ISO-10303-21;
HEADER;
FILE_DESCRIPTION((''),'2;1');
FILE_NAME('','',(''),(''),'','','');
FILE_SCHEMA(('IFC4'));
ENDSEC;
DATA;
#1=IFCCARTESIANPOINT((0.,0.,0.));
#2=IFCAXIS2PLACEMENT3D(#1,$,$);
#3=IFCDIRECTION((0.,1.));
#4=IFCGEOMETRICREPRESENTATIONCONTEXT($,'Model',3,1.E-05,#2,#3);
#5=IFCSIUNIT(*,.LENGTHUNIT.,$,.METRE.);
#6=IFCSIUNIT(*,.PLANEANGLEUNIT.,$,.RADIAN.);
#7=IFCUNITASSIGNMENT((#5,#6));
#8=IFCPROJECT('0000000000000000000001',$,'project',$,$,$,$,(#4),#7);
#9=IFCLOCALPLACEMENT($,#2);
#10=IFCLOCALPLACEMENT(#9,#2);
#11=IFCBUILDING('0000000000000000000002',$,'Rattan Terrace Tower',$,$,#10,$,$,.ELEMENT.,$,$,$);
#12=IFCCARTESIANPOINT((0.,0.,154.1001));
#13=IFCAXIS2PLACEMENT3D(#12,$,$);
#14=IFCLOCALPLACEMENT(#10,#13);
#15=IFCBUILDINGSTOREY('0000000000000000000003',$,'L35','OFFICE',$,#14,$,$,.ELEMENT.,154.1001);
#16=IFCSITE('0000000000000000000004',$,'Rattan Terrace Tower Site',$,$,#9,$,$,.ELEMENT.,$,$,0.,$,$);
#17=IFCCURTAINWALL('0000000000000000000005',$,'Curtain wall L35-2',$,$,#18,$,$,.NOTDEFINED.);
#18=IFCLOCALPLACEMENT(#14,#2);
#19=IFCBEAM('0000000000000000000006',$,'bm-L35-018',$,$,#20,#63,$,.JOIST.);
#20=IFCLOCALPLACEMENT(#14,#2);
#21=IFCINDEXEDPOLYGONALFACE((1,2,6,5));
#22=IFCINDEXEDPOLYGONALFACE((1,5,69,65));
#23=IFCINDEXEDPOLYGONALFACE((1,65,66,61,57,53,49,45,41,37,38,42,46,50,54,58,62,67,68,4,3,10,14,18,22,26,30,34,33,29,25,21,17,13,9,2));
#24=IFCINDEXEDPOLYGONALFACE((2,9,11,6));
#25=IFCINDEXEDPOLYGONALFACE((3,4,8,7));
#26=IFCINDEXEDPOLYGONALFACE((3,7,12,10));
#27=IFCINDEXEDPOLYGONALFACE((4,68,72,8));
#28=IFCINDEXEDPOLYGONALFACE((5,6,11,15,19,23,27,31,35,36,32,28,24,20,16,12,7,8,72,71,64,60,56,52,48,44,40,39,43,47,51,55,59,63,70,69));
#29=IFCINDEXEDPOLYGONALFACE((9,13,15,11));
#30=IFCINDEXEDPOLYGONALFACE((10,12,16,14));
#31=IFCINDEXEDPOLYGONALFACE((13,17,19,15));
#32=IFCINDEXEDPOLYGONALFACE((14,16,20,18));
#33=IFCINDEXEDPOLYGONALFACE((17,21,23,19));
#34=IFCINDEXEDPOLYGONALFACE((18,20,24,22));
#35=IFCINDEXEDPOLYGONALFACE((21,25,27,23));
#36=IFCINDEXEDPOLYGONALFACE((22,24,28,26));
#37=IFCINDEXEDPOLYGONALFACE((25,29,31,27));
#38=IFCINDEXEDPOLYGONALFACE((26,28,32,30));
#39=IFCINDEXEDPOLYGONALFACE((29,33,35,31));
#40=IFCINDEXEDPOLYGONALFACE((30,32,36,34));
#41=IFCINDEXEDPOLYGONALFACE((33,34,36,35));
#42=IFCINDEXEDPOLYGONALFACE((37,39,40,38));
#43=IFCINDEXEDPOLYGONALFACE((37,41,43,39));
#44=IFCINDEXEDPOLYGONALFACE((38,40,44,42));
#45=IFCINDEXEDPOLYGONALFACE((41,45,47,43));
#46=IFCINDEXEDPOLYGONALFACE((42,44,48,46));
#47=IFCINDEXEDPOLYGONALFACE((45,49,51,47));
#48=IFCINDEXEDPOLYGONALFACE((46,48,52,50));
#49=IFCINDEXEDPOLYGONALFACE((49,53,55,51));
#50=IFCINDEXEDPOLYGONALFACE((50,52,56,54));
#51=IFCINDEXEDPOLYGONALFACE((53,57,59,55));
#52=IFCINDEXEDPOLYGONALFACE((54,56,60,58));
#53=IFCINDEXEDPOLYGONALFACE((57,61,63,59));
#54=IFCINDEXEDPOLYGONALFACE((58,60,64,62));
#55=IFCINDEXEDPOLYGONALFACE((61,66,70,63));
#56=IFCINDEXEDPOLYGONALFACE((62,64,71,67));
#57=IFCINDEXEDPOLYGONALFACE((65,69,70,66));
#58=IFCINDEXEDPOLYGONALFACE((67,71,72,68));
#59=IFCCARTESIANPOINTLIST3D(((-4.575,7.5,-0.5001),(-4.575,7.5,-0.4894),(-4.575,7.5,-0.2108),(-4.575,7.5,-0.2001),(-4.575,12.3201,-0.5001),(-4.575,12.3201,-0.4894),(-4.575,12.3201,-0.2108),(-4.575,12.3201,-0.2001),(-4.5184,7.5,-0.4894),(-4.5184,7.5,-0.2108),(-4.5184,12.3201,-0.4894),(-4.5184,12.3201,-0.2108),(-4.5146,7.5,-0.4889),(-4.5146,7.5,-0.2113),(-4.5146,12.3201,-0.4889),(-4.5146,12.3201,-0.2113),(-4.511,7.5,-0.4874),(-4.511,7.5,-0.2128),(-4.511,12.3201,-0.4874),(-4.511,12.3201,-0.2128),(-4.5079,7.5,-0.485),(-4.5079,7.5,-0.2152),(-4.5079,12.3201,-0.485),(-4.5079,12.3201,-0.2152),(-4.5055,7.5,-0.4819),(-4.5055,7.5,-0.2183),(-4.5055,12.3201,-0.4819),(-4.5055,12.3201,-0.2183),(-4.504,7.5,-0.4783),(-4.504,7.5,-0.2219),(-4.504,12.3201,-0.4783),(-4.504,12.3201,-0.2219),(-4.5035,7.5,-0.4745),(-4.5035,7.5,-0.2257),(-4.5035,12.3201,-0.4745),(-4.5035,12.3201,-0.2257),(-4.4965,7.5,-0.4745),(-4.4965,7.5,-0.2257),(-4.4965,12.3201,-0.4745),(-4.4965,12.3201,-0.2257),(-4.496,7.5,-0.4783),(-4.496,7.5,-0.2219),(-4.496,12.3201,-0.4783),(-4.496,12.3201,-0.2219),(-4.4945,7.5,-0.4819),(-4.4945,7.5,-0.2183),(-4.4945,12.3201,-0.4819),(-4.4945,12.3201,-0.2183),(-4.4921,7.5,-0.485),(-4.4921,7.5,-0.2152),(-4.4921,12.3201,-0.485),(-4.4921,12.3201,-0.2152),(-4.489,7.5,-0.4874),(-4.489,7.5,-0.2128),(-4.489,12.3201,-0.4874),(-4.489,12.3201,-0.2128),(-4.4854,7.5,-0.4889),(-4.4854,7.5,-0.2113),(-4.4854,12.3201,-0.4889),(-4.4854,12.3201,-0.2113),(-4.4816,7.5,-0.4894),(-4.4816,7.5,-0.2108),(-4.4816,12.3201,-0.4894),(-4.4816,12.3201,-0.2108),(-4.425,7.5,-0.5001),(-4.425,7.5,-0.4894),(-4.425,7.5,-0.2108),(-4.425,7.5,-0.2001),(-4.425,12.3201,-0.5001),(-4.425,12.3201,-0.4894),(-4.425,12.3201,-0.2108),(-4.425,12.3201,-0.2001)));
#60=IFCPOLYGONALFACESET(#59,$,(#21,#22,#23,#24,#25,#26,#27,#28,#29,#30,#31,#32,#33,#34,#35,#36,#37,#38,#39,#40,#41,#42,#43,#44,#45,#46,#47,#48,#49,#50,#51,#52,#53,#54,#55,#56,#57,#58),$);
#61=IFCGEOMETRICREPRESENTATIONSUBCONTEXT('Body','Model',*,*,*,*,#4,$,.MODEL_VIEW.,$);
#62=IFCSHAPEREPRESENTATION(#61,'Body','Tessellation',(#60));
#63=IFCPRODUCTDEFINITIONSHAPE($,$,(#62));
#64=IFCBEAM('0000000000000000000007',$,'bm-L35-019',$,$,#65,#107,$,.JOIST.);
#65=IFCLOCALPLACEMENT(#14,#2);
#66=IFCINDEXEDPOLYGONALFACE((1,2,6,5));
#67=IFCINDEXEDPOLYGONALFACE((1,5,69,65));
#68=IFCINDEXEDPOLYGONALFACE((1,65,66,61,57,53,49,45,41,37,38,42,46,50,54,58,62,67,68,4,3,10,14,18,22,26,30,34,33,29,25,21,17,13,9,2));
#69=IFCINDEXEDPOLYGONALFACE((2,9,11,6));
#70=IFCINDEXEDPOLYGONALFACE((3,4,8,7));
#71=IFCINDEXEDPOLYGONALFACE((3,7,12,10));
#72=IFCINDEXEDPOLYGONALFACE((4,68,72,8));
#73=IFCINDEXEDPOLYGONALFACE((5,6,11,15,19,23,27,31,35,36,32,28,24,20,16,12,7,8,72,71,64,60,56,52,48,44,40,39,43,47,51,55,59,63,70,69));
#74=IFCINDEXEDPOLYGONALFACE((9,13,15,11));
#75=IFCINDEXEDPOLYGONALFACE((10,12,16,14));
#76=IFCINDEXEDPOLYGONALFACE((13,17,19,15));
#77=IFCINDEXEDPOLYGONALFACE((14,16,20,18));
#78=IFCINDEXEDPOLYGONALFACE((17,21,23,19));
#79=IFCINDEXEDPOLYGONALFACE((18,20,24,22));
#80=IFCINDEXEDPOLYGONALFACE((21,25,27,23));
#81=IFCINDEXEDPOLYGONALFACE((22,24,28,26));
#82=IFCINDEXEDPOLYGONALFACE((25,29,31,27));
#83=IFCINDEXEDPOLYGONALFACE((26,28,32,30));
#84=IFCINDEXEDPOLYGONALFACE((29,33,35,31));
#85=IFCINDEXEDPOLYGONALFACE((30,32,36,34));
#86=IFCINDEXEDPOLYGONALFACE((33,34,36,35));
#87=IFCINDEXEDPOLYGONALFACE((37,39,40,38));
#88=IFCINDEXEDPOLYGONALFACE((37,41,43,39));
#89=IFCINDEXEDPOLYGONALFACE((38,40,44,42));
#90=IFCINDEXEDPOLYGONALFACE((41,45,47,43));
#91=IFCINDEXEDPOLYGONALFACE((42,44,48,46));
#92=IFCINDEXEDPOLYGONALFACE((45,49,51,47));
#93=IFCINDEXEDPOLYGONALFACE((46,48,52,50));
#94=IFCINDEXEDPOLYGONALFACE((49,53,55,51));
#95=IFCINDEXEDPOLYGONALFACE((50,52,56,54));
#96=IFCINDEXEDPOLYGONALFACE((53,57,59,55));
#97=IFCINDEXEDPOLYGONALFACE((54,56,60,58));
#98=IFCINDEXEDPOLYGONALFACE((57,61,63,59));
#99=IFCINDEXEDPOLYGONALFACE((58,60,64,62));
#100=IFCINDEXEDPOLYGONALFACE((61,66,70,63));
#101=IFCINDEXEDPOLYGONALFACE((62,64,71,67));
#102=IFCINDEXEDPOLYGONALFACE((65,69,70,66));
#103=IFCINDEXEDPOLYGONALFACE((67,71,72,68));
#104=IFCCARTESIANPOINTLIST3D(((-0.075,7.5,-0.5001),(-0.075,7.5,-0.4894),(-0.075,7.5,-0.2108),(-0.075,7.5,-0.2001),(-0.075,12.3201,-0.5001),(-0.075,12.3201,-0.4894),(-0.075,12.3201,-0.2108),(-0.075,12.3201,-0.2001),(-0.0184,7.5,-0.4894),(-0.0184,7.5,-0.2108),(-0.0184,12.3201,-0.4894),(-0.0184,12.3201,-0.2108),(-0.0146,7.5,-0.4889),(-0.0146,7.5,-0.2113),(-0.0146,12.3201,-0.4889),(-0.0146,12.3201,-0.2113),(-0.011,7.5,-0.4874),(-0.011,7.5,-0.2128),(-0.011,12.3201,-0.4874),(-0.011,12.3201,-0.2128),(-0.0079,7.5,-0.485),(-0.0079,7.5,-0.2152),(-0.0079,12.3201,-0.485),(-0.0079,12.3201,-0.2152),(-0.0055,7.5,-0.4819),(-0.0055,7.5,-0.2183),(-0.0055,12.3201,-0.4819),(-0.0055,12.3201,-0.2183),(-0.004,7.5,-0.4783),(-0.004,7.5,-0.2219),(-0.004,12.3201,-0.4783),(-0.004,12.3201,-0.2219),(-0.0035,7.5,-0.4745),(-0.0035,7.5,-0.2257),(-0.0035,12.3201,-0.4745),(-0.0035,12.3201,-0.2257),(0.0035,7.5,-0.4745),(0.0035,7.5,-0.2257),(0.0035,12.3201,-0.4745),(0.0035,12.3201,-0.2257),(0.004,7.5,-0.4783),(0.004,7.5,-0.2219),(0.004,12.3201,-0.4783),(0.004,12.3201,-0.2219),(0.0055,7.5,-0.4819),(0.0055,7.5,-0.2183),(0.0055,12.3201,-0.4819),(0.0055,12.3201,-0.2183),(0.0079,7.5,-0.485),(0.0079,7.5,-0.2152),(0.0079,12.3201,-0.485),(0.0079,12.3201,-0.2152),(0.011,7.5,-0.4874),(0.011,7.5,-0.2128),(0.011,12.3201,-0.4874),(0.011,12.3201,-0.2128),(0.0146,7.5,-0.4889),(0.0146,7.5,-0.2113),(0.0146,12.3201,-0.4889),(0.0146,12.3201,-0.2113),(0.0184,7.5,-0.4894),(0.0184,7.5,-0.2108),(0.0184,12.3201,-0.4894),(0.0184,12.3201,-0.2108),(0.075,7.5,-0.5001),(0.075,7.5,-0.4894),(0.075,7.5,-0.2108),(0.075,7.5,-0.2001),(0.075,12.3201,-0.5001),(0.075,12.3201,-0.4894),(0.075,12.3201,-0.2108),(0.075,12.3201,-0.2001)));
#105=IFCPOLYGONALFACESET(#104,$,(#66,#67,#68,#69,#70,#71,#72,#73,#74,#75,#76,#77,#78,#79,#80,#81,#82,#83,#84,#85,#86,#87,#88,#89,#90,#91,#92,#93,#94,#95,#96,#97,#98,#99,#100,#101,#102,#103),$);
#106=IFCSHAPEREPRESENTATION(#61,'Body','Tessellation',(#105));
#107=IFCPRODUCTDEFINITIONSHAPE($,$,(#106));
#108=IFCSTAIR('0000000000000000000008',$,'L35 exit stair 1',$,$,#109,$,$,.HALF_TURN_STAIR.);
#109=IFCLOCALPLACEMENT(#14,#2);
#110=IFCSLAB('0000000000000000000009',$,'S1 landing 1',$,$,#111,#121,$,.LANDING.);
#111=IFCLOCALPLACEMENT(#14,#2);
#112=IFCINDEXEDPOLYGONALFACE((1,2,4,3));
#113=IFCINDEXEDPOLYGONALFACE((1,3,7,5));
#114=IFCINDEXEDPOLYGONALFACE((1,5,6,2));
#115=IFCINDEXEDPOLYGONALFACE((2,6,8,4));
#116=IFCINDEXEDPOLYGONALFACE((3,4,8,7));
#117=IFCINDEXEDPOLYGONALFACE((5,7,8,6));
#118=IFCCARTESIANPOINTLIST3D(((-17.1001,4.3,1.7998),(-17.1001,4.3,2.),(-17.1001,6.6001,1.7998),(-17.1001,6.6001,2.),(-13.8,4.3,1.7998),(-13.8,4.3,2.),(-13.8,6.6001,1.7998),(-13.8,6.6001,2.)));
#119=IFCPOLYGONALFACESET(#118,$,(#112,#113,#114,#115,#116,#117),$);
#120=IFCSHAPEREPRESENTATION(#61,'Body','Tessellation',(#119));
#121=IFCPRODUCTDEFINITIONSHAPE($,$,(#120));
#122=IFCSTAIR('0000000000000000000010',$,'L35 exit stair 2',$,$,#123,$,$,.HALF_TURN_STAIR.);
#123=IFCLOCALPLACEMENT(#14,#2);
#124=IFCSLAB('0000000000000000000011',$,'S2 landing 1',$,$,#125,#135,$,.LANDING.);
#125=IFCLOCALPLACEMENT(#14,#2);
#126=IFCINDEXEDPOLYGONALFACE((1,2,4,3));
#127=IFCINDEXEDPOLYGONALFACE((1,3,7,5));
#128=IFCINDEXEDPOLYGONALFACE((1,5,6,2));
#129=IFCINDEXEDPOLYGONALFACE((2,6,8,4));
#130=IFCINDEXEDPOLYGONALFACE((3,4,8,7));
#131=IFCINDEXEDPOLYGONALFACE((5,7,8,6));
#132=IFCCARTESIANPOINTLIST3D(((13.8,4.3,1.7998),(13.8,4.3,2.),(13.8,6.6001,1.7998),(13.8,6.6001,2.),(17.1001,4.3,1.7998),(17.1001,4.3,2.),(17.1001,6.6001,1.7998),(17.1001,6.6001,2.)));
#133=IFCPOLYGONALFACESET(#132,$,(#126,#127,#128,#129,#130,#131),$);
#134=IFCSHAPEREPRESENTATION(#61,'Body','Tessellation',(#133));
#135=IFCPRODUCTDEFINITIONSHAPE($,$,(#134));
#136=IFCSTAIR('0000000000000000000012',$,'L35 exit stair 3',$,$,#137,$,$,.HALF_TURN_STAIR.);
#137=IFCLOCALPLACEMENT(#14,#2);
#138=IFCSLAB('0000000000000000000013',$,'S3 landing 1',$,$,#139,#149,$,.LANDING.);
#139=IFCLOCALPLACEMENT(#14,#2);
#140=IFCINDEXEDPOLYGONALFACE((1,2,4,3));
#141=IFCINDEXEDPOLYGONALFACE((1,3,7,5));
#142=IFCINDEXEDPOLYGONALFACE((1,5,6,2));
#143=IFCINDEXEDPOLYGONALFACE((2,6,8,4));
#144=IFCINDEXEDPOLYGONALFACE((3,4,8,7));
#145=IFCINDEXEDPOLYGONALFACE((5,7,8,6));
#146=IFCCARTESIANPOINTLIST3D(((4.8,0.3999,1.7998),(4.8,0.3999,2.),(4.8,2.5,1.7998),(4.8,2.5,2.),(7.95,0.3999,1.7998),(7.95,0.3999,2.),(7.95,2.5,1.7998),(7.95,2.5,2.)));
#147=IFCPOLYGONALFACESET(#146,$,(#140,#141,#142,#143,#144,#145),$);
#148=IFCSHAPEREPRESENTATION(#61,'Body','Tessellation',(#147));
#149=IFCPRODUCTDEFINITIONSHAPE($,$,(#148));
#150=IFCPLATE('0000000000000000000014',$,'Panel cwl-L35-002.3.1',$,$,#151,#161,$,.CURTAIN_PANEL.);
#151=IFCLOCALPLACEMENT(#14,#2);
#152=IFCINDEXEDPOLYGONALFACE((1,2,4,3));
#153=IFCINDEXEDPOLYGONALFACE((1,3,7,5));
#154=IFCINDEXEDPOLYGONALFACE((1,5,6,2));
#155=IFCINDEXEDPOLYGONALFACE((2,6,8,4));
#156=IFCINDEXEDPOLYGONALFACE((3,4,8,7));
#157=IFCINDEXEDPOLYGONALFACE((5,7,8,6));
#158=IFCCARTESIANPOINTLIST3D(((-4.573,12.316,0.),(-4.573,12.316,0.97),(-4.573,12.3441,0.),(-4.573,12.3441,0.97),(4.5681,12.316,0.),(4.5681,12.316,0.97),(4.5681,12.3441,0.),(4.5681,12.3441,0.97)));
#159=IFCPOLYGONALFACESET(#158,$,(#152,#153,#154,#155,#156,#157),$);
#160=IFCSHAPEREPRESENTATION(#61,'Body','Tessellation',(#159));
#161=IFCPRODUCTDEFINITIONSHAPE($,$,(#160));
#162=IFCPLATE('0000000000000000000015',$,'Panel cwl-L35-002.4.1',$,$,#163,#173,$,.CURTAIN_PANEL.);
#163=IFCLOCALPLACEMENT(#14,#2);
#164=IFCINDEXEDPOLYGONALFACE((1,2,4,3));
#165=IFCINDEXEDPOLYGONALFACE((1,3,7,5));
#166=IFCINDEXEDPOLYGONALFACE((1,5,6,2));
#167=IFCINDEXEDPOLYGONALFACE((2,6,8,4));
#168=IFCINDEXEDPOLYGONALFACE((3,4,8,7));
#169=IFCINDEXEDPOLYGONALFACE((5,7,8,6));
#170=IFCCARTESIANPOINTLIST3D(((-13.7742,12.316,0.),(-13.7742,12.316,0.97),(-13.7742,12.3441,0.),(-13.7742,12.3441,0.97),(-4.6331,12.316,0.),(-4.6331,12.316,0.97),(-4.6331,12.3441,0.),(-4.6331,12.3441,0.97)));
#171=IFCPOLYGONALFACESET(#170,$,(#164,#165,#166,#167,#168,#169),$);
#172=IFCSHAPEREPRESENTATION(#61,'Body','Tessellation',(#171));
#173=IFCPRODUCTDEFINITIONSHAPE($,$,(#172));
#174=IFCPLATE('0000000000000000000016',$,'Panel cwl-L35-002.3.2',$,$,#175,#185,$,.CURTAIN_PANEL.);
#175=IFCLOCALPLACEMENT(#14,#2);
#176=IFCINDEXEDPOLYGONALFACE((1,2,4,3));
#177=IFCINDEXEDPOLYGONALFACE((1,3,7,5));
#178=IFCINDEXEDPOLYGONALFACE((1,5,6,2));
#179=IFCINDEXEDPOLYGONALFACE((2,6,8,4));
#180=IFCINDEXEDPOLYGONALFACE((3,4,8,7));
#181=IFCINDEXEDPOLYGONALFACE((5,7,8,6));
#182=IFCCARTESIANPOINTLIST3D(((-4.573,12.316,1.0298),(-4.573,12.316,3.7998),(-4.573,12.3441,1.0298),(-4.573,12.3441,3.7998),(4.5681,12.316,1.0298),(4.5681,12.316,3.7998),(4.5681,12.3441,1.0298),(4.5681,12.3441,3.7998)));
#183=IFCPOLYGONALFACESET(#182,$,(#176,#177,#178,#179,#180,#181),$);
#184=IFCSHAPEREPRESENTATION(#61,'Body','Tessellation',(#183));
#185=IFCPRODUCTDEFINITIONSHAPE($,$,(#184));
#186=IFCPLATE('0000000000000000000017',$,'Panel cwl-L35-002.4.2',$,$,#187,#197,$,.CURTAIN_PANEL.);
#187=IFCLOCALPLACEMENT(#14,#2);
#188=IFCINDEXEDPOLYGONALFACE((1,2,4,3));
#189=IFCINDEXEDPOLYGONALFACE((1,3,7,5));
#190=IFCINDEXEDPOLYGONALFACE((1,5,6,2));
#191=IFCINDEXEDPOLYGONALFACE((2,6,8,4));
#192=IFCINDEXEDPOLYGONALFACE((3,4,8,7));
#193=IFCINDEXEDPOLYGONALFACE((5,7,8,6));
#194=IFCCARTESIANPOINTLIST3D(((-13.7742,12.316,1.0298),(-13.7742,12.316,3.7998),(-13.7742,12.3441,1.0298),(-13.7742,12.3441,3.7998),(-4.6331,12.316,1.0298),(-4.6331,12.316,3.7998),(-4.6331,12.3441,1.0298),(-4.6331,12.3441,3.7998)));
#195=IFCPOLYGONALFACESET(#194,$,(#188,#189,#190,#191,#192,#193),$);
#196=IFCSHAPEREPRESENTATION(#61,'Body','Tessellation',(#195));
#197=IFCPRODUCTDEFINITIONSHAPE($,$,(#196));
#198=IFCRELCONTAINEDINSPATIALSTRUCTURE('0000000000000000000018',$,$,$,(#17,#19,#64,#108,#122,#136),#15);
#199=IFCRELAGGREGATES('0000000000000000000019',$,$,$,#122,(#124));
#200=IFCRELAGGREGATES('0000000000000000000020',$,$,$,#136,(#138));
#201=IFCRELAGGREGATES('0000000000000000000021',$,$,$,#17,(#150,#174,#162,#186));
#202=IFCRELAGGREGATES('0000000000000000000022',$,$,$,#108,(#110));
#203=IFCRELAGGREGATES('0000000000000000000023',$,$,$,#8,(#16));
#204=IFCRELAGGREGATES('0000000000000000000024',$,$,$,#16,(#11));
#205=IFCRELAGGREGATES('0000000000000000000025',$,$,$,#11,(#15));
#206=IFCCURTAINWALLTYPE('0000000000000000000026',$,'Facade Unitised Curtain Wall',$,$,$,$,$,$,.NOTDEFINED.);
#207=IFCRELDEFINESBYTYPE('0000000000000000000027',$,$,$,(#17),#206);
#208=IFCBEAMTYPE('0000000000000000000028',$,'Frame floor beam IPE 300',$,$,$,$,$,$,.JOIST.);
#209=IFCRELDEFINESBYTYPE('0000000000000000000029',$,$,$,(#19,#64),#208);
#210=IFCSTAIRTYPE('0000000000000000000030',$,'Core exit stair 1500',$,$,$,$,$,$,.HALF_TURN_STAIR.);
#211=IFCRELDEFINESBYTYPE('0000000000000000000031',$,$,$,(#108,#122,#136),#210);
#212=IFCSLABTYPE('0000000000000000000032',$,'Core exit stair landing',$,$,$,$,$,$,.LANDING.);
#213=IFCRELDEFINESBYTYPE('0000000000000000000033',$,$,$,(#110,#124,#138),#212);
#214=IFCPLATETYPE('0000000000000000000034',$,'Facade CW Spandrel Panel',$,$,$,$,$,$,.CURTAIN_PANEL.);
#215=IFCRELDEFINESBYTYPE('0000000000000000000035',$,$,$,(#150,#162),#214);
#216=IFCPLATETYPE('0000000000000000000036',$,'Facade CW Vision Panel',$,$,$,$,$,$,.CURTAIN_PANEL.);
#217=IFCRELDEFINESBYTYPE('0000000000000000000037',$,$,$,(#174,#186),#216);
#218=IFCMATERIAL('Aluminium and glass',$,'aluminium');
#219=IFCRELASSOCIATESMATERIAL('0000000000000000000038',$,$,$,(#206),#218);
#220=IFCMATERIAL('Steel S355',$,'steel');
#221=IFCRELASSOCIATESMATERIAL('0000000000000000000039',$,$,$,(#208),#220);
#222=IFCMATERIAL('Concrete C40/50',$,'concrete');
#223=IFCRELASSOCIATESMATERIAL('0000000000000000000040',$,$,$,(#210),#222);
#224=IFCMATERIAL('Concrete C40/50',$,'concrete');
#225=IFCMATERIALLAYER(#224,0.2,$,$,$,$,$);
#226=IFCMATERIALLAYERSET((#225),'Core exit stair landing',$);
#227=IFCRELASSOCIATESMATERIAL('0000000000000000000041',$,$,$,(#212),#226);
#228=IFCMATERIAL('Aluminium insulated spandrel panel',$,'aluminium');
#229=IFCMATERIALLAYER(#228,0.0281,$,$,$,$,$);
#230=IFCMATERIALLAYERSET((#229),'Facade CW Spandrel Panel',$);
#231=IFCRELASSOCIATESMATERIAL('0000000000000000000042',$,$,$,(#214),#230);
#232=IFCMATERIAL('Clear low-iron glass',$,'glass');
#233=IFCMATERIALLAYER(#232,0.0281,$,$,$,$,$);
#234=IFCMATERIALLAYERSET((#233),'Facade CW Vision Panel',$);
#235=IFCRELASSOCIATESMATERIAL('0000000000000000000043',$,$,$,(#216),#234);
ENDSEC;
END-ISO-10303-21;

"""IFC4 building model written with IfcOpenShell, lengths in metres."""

from ifc_helpers import new_model, si_unit, direction, frame, origin, origin_2d, place, context, subcontext, project, spatial, polyline, rectangle, i_section, outline, extrude, material, layer, layer_set, material_profile, profile_set, type_object, element, aggregate, save


model = new_model("IFC4")

# Units and contexts
model_context = context("Model", 3, precision=1e-05, world=origin(), true_north=direction((0.0, 1.0)))
body_context = subcontext(model_context, "Body", "Model", "MODEL_VIEW")
ifc_project = project(units=[si_unit("LENGTHUNIT", "METRE"), si_unit("PLANEANGLEUNIT", "RADIAN")], contexts=[model_context])

# Site, building, storey
site_placement = place(None, origin())
site = spatial("IfcSite", under=ifc_project, at=site_placement, Name="Rattan Terrace Tower Site", CompositionType="ELEMENT", RefElevation=0.0)
building_placement = place(site_placement, origin())
building = spatial("IfcBuilding", under=site, at=building_placement, Name="Rattan Terrace Tower", CompositionType="ELEMENT")
storey_placement = place(building_placement, frame((0.0, 0.0, 154.1001)))
storey = spatial("IfcBuildingStorey", under=building, at=storey_placement, Name="L35", Description="OFFICE", CompositionType="ELEMENT", Elevation=154.1001)

# Curtain wall
ifc_material_1 = material(Name="Aluminium and glass", Category="aluminium")
curtain_wall_type = type_object("IfcCurtainWallType", Name="Facade Unitised Curtain Wall", PredefinedType="NOTDEFINED", material=ifc_material_1)
curtain_wall_placement = place(storey_placement, origin())
curtain_wall = element("IfcCurtainWall", 1, at=curtain_wall_placement, inside=storey, type_object=curtain_wall_type, Name="Curtain wall L35-2", PredefinedType="NOTDEFINED")

# Beams
ifc_material_2 = material(Name="Steel S355", Category="steel")
ifc_material_profile_1 = material_profile(ifc_material_2, i_section(OverallWidth=0.1499, OverallDepth=0.3, WebThickness=0.0071, FlangeThickness=0.0107, FilletRadius=0.0149, at=origin_2d()), Name="IPE 300")
ifc_profile_set_1 = profile_set([ifc_material_profile_1], Name="Steel S355")
beam_type = type_object("IfcBeamType", Name="Frame floor beam IPE 300", PredefinedType="JOIST", material=ifc_profile_set_1)
for number, where, z_axis, x_axis, name in (
    (2, (-4.5, 7.5, -0.3501), (0.0, 1.0, 0.0), (-1.0, 0.0, 0.0), "bm-L35-018"),
    (3, (0.0, 7.5, -0.3501), (0.0, 1.0, 0.0), (-1.0, 0.0, 0.0), "bm-L35-019"),
):
    element("IfcBeam", number, at=place(storey_placement, frame(where, z_axis=z_axis, x_axis=x_axis)), inside=storey, type_object=beam_type, Name=name, PredefinedType="JOIST", context=body_context, shape_type="SweptSolid", body=[
        extrude(i_section(OverallWidth=0.1499, OverallDepth=0.3, WebThickness=0.0071, FlangeThickness=0.0107, FilletRadius=0.0149, at=origin_2d()), origin(), (0.0, 0.0, 1.0), 4.8201),
    ])

# Stairs, slabs
ifc_material_3 = material(Name="Concrete C40/50", Category="concrete")
stair_type = type_object("IfcStairType", Name="Core exit stair 1500", PredefinedType="HALF_TURN_STAIR", material=ifc_material_3)
stair_1_placement = place(storey_placement, origin())
stair_1 = element("IfcStair", 4, at=stair_1_placement, inside=storey, type_object=stair_type, Name="L35 exit stair 1", PredefinedType="HALF_TURN_STAIR")
ifc_material_4 = material(Name="Concrete C40/50", Category="concrete")
ifc_layer_1 = layer(ifc_material_4, 0.2)
ifc_layer_set_1 = layer_set([ifc_layer_1], Name="Core exit stair landing")
slab_type_1 = type_object("IfcSlabType", Name="Core exit stair landing", PredefinedType="LANDING", material=ifc_layer_set_1)
slab_1_placement = place(storey_placement, frame((0.0, 0.0, 1.7998)))
slab_1 = element("IfcSlab", 5, at=slab_1_placement, type_object=slab_type_1, Name="S1 landing 1", PredefinedType="LANDING", context=body_context, shape_type="SweptSolid", body=[
    extrude(outline(polyline([(-13.8, 4.3), (-13.8, 6.6001), (-17.1001, 6.6001), (-17.1001, 4.3), (-13.8, 4.3)])), origin(), (0.0, 0.0, 1.0), 0.2002),
])
stair_2_placement = place(storey_placement, origin())
stair_2 = element("IfcStair", 6, at=stair_2_placement, inside=storey, type_object=stair_type, Name="L35 exit stair 2", PredefinedType="HALF_TURN_STAIR")
slab_2_placement = place(storey_placement, frame((0.0, 0.0, 1.7998)))
slab_2 = element("IfcSlab", 7, at=slab_2_placement, type_object=slab_type_1, Name="S2 landing 1", PredefinedType="LANDING", context=body_context, shape_type="SweptSolid", body=[
    extrude(outline(polyline([(17.1001, 4.3), (17.1001, 6.6001), (13.8, 6.6001), (13.8, 4.3), (17.1001, 4.3)])), origin(), (0.0, 0.0, 1.0), 0.2002),
])
aggregate(stair_2, [slab_2])
stair_3_placement = place(storey_placement, origin())
stair_3 = element("IfcStair", 8, at=stair_3_placement, inside=storey, type_object=stair_type, Name="L35 exit stair 3", PredefinedType="HALF_TURN_STAIR")
slab_3_placement = place(storey_placement, frame((0.0, 0.0, 1.7998)))
slab_3 = element("IfcSlab", 9, at=slab_3_placement, type_object=slab_type_1, Name="S3 landing 1", PredefinedType="LANDING", context=body_context, shape_type="SweptSolid", body=[
    extrude(outline(polyline([(4.8, 2.5), (4.8, 0.3999), (7.95, 0.3999), (7.95, 2.5), (4.8, 2.5)])), origin(), (0.0, 0.0, 1.0), 0.2002),
])
aggregate(stair_3, [slab_3])

# Plates
ifc_material_5 = material(Name="Aluminium insulated spandrel panel", Category="aluminium")
ifc_layer_2 = layer(ifc_material_5, 0.0281)
ifc_layer_set_2 = layer_set([ifc_layer_2], Name="Facade CW Spandrel Panel")
plate_type_1 = type_object("IfcPlateType", Name="Facade CW Spandrel Panel", PredefinedType="CURTAIN_PANEL", material=ifc_layer_set_2)
plate_1_placement = place(storey_placement, frame((-0.0024, 12.3301, 0.0), z_axis=(0.0, 0.0, 1.0), x_axis=(-1.0, 0.0, 0.0)))
plate_1 = element("IfcPlate", 10, at=plate_1_placement, type_object=plate_type_1, Name="Panel cwl-L35-002.3.1", PredefinedType="CURTAIN_PANEL", context=body_context, shape_type="SweptSolid", body=[
    extrude(rectangle(XDim=9.1411, YDim=0.0281, at=origin_2d()), origin(), (0.0, 0.0, 1.0), 0.97),
])
plate_2_placement = place(storey_placement, frame((-9.2036, 12.3301, 0.0), z_axis=(0.0, 0.0, 1.0), x_axis=(-1.0, 0.0, 0.0)))
plate_2 = element("IfcPlate", 11, at=plate_2_placement, type_object=plate_type_1, Name="Panel cwl-L35-002.4.1", PredefinedType="CURTAIN_PANEL", context=body_context, shape_type="SweptSolid", body=[
    extrude(rectangle(XDim=9.1411, YDim=0.0281, at=origin_2d()), origin(), (0.0, 0.0, 1.0), 0.97),
])
ifc_material_6 = material(Name="Clear low-iron glass", Category="glass")
ifc_layer_3 = layer(ifc_material_6, 0.0281)
ifc_layer_set_3 = layer_set([ifc_layer_3], Name="Facade CW Vision Panel")
plate_type_2 = type_object("IfcPlateType", Name="Facade CW Vision Panel", PredefinedType="CURTAIN_PANEL", material=ifc_layer_set_3)
plate_3_placement = place(storey_placement, frame((-0.0024, 12.3301, 1.0298), z_axis=(0.0, 0.0, 1.0), x_axis=(-1.0, 0.0, 0.0)))
plate_3 = element("IfcPlate", 12, at=plate_3_placement, type_object=plate_type_2, Name="Panel cwl-L35-002.3.2", PredefinedType="CURTAIN_PANEL", context=body_context, shape_type="SweptSolid", body=[
    extrude(rectangle(XDim=9.1411, YDim=0.0281, at=origin_2d()), origin(), (0.0, 0.0, 1.0), 2.77),
])
plate_4_placement = place(storey_placement, frame((-9.2036, 12.3301, 1.0298), z_axis=(0.0, 0.0, 1.0), x_axis=(-1.0, 0.0, 0.0)))
plate_4 = element("IfcPlate", 13, at=plate_4_placement, type_object=plate_type_2, Name="Panel cwl-L35-002.4.2", PredefinedType="CURTAIN_PANEL", context=body_context, shape_type="SweptSolid", body=[
    extrude(rectangle(XDim=9.1411, YDim=0.0281, at=origin_2d()), origin(), (0.0, 0.0, 1.0), 2.77),
])
aggregate(curtain_wall, [plate_1, plate_3, plate_2, plate_4])

aggregate(stair_1, [slab_1])

save(model, "model.ifc")
